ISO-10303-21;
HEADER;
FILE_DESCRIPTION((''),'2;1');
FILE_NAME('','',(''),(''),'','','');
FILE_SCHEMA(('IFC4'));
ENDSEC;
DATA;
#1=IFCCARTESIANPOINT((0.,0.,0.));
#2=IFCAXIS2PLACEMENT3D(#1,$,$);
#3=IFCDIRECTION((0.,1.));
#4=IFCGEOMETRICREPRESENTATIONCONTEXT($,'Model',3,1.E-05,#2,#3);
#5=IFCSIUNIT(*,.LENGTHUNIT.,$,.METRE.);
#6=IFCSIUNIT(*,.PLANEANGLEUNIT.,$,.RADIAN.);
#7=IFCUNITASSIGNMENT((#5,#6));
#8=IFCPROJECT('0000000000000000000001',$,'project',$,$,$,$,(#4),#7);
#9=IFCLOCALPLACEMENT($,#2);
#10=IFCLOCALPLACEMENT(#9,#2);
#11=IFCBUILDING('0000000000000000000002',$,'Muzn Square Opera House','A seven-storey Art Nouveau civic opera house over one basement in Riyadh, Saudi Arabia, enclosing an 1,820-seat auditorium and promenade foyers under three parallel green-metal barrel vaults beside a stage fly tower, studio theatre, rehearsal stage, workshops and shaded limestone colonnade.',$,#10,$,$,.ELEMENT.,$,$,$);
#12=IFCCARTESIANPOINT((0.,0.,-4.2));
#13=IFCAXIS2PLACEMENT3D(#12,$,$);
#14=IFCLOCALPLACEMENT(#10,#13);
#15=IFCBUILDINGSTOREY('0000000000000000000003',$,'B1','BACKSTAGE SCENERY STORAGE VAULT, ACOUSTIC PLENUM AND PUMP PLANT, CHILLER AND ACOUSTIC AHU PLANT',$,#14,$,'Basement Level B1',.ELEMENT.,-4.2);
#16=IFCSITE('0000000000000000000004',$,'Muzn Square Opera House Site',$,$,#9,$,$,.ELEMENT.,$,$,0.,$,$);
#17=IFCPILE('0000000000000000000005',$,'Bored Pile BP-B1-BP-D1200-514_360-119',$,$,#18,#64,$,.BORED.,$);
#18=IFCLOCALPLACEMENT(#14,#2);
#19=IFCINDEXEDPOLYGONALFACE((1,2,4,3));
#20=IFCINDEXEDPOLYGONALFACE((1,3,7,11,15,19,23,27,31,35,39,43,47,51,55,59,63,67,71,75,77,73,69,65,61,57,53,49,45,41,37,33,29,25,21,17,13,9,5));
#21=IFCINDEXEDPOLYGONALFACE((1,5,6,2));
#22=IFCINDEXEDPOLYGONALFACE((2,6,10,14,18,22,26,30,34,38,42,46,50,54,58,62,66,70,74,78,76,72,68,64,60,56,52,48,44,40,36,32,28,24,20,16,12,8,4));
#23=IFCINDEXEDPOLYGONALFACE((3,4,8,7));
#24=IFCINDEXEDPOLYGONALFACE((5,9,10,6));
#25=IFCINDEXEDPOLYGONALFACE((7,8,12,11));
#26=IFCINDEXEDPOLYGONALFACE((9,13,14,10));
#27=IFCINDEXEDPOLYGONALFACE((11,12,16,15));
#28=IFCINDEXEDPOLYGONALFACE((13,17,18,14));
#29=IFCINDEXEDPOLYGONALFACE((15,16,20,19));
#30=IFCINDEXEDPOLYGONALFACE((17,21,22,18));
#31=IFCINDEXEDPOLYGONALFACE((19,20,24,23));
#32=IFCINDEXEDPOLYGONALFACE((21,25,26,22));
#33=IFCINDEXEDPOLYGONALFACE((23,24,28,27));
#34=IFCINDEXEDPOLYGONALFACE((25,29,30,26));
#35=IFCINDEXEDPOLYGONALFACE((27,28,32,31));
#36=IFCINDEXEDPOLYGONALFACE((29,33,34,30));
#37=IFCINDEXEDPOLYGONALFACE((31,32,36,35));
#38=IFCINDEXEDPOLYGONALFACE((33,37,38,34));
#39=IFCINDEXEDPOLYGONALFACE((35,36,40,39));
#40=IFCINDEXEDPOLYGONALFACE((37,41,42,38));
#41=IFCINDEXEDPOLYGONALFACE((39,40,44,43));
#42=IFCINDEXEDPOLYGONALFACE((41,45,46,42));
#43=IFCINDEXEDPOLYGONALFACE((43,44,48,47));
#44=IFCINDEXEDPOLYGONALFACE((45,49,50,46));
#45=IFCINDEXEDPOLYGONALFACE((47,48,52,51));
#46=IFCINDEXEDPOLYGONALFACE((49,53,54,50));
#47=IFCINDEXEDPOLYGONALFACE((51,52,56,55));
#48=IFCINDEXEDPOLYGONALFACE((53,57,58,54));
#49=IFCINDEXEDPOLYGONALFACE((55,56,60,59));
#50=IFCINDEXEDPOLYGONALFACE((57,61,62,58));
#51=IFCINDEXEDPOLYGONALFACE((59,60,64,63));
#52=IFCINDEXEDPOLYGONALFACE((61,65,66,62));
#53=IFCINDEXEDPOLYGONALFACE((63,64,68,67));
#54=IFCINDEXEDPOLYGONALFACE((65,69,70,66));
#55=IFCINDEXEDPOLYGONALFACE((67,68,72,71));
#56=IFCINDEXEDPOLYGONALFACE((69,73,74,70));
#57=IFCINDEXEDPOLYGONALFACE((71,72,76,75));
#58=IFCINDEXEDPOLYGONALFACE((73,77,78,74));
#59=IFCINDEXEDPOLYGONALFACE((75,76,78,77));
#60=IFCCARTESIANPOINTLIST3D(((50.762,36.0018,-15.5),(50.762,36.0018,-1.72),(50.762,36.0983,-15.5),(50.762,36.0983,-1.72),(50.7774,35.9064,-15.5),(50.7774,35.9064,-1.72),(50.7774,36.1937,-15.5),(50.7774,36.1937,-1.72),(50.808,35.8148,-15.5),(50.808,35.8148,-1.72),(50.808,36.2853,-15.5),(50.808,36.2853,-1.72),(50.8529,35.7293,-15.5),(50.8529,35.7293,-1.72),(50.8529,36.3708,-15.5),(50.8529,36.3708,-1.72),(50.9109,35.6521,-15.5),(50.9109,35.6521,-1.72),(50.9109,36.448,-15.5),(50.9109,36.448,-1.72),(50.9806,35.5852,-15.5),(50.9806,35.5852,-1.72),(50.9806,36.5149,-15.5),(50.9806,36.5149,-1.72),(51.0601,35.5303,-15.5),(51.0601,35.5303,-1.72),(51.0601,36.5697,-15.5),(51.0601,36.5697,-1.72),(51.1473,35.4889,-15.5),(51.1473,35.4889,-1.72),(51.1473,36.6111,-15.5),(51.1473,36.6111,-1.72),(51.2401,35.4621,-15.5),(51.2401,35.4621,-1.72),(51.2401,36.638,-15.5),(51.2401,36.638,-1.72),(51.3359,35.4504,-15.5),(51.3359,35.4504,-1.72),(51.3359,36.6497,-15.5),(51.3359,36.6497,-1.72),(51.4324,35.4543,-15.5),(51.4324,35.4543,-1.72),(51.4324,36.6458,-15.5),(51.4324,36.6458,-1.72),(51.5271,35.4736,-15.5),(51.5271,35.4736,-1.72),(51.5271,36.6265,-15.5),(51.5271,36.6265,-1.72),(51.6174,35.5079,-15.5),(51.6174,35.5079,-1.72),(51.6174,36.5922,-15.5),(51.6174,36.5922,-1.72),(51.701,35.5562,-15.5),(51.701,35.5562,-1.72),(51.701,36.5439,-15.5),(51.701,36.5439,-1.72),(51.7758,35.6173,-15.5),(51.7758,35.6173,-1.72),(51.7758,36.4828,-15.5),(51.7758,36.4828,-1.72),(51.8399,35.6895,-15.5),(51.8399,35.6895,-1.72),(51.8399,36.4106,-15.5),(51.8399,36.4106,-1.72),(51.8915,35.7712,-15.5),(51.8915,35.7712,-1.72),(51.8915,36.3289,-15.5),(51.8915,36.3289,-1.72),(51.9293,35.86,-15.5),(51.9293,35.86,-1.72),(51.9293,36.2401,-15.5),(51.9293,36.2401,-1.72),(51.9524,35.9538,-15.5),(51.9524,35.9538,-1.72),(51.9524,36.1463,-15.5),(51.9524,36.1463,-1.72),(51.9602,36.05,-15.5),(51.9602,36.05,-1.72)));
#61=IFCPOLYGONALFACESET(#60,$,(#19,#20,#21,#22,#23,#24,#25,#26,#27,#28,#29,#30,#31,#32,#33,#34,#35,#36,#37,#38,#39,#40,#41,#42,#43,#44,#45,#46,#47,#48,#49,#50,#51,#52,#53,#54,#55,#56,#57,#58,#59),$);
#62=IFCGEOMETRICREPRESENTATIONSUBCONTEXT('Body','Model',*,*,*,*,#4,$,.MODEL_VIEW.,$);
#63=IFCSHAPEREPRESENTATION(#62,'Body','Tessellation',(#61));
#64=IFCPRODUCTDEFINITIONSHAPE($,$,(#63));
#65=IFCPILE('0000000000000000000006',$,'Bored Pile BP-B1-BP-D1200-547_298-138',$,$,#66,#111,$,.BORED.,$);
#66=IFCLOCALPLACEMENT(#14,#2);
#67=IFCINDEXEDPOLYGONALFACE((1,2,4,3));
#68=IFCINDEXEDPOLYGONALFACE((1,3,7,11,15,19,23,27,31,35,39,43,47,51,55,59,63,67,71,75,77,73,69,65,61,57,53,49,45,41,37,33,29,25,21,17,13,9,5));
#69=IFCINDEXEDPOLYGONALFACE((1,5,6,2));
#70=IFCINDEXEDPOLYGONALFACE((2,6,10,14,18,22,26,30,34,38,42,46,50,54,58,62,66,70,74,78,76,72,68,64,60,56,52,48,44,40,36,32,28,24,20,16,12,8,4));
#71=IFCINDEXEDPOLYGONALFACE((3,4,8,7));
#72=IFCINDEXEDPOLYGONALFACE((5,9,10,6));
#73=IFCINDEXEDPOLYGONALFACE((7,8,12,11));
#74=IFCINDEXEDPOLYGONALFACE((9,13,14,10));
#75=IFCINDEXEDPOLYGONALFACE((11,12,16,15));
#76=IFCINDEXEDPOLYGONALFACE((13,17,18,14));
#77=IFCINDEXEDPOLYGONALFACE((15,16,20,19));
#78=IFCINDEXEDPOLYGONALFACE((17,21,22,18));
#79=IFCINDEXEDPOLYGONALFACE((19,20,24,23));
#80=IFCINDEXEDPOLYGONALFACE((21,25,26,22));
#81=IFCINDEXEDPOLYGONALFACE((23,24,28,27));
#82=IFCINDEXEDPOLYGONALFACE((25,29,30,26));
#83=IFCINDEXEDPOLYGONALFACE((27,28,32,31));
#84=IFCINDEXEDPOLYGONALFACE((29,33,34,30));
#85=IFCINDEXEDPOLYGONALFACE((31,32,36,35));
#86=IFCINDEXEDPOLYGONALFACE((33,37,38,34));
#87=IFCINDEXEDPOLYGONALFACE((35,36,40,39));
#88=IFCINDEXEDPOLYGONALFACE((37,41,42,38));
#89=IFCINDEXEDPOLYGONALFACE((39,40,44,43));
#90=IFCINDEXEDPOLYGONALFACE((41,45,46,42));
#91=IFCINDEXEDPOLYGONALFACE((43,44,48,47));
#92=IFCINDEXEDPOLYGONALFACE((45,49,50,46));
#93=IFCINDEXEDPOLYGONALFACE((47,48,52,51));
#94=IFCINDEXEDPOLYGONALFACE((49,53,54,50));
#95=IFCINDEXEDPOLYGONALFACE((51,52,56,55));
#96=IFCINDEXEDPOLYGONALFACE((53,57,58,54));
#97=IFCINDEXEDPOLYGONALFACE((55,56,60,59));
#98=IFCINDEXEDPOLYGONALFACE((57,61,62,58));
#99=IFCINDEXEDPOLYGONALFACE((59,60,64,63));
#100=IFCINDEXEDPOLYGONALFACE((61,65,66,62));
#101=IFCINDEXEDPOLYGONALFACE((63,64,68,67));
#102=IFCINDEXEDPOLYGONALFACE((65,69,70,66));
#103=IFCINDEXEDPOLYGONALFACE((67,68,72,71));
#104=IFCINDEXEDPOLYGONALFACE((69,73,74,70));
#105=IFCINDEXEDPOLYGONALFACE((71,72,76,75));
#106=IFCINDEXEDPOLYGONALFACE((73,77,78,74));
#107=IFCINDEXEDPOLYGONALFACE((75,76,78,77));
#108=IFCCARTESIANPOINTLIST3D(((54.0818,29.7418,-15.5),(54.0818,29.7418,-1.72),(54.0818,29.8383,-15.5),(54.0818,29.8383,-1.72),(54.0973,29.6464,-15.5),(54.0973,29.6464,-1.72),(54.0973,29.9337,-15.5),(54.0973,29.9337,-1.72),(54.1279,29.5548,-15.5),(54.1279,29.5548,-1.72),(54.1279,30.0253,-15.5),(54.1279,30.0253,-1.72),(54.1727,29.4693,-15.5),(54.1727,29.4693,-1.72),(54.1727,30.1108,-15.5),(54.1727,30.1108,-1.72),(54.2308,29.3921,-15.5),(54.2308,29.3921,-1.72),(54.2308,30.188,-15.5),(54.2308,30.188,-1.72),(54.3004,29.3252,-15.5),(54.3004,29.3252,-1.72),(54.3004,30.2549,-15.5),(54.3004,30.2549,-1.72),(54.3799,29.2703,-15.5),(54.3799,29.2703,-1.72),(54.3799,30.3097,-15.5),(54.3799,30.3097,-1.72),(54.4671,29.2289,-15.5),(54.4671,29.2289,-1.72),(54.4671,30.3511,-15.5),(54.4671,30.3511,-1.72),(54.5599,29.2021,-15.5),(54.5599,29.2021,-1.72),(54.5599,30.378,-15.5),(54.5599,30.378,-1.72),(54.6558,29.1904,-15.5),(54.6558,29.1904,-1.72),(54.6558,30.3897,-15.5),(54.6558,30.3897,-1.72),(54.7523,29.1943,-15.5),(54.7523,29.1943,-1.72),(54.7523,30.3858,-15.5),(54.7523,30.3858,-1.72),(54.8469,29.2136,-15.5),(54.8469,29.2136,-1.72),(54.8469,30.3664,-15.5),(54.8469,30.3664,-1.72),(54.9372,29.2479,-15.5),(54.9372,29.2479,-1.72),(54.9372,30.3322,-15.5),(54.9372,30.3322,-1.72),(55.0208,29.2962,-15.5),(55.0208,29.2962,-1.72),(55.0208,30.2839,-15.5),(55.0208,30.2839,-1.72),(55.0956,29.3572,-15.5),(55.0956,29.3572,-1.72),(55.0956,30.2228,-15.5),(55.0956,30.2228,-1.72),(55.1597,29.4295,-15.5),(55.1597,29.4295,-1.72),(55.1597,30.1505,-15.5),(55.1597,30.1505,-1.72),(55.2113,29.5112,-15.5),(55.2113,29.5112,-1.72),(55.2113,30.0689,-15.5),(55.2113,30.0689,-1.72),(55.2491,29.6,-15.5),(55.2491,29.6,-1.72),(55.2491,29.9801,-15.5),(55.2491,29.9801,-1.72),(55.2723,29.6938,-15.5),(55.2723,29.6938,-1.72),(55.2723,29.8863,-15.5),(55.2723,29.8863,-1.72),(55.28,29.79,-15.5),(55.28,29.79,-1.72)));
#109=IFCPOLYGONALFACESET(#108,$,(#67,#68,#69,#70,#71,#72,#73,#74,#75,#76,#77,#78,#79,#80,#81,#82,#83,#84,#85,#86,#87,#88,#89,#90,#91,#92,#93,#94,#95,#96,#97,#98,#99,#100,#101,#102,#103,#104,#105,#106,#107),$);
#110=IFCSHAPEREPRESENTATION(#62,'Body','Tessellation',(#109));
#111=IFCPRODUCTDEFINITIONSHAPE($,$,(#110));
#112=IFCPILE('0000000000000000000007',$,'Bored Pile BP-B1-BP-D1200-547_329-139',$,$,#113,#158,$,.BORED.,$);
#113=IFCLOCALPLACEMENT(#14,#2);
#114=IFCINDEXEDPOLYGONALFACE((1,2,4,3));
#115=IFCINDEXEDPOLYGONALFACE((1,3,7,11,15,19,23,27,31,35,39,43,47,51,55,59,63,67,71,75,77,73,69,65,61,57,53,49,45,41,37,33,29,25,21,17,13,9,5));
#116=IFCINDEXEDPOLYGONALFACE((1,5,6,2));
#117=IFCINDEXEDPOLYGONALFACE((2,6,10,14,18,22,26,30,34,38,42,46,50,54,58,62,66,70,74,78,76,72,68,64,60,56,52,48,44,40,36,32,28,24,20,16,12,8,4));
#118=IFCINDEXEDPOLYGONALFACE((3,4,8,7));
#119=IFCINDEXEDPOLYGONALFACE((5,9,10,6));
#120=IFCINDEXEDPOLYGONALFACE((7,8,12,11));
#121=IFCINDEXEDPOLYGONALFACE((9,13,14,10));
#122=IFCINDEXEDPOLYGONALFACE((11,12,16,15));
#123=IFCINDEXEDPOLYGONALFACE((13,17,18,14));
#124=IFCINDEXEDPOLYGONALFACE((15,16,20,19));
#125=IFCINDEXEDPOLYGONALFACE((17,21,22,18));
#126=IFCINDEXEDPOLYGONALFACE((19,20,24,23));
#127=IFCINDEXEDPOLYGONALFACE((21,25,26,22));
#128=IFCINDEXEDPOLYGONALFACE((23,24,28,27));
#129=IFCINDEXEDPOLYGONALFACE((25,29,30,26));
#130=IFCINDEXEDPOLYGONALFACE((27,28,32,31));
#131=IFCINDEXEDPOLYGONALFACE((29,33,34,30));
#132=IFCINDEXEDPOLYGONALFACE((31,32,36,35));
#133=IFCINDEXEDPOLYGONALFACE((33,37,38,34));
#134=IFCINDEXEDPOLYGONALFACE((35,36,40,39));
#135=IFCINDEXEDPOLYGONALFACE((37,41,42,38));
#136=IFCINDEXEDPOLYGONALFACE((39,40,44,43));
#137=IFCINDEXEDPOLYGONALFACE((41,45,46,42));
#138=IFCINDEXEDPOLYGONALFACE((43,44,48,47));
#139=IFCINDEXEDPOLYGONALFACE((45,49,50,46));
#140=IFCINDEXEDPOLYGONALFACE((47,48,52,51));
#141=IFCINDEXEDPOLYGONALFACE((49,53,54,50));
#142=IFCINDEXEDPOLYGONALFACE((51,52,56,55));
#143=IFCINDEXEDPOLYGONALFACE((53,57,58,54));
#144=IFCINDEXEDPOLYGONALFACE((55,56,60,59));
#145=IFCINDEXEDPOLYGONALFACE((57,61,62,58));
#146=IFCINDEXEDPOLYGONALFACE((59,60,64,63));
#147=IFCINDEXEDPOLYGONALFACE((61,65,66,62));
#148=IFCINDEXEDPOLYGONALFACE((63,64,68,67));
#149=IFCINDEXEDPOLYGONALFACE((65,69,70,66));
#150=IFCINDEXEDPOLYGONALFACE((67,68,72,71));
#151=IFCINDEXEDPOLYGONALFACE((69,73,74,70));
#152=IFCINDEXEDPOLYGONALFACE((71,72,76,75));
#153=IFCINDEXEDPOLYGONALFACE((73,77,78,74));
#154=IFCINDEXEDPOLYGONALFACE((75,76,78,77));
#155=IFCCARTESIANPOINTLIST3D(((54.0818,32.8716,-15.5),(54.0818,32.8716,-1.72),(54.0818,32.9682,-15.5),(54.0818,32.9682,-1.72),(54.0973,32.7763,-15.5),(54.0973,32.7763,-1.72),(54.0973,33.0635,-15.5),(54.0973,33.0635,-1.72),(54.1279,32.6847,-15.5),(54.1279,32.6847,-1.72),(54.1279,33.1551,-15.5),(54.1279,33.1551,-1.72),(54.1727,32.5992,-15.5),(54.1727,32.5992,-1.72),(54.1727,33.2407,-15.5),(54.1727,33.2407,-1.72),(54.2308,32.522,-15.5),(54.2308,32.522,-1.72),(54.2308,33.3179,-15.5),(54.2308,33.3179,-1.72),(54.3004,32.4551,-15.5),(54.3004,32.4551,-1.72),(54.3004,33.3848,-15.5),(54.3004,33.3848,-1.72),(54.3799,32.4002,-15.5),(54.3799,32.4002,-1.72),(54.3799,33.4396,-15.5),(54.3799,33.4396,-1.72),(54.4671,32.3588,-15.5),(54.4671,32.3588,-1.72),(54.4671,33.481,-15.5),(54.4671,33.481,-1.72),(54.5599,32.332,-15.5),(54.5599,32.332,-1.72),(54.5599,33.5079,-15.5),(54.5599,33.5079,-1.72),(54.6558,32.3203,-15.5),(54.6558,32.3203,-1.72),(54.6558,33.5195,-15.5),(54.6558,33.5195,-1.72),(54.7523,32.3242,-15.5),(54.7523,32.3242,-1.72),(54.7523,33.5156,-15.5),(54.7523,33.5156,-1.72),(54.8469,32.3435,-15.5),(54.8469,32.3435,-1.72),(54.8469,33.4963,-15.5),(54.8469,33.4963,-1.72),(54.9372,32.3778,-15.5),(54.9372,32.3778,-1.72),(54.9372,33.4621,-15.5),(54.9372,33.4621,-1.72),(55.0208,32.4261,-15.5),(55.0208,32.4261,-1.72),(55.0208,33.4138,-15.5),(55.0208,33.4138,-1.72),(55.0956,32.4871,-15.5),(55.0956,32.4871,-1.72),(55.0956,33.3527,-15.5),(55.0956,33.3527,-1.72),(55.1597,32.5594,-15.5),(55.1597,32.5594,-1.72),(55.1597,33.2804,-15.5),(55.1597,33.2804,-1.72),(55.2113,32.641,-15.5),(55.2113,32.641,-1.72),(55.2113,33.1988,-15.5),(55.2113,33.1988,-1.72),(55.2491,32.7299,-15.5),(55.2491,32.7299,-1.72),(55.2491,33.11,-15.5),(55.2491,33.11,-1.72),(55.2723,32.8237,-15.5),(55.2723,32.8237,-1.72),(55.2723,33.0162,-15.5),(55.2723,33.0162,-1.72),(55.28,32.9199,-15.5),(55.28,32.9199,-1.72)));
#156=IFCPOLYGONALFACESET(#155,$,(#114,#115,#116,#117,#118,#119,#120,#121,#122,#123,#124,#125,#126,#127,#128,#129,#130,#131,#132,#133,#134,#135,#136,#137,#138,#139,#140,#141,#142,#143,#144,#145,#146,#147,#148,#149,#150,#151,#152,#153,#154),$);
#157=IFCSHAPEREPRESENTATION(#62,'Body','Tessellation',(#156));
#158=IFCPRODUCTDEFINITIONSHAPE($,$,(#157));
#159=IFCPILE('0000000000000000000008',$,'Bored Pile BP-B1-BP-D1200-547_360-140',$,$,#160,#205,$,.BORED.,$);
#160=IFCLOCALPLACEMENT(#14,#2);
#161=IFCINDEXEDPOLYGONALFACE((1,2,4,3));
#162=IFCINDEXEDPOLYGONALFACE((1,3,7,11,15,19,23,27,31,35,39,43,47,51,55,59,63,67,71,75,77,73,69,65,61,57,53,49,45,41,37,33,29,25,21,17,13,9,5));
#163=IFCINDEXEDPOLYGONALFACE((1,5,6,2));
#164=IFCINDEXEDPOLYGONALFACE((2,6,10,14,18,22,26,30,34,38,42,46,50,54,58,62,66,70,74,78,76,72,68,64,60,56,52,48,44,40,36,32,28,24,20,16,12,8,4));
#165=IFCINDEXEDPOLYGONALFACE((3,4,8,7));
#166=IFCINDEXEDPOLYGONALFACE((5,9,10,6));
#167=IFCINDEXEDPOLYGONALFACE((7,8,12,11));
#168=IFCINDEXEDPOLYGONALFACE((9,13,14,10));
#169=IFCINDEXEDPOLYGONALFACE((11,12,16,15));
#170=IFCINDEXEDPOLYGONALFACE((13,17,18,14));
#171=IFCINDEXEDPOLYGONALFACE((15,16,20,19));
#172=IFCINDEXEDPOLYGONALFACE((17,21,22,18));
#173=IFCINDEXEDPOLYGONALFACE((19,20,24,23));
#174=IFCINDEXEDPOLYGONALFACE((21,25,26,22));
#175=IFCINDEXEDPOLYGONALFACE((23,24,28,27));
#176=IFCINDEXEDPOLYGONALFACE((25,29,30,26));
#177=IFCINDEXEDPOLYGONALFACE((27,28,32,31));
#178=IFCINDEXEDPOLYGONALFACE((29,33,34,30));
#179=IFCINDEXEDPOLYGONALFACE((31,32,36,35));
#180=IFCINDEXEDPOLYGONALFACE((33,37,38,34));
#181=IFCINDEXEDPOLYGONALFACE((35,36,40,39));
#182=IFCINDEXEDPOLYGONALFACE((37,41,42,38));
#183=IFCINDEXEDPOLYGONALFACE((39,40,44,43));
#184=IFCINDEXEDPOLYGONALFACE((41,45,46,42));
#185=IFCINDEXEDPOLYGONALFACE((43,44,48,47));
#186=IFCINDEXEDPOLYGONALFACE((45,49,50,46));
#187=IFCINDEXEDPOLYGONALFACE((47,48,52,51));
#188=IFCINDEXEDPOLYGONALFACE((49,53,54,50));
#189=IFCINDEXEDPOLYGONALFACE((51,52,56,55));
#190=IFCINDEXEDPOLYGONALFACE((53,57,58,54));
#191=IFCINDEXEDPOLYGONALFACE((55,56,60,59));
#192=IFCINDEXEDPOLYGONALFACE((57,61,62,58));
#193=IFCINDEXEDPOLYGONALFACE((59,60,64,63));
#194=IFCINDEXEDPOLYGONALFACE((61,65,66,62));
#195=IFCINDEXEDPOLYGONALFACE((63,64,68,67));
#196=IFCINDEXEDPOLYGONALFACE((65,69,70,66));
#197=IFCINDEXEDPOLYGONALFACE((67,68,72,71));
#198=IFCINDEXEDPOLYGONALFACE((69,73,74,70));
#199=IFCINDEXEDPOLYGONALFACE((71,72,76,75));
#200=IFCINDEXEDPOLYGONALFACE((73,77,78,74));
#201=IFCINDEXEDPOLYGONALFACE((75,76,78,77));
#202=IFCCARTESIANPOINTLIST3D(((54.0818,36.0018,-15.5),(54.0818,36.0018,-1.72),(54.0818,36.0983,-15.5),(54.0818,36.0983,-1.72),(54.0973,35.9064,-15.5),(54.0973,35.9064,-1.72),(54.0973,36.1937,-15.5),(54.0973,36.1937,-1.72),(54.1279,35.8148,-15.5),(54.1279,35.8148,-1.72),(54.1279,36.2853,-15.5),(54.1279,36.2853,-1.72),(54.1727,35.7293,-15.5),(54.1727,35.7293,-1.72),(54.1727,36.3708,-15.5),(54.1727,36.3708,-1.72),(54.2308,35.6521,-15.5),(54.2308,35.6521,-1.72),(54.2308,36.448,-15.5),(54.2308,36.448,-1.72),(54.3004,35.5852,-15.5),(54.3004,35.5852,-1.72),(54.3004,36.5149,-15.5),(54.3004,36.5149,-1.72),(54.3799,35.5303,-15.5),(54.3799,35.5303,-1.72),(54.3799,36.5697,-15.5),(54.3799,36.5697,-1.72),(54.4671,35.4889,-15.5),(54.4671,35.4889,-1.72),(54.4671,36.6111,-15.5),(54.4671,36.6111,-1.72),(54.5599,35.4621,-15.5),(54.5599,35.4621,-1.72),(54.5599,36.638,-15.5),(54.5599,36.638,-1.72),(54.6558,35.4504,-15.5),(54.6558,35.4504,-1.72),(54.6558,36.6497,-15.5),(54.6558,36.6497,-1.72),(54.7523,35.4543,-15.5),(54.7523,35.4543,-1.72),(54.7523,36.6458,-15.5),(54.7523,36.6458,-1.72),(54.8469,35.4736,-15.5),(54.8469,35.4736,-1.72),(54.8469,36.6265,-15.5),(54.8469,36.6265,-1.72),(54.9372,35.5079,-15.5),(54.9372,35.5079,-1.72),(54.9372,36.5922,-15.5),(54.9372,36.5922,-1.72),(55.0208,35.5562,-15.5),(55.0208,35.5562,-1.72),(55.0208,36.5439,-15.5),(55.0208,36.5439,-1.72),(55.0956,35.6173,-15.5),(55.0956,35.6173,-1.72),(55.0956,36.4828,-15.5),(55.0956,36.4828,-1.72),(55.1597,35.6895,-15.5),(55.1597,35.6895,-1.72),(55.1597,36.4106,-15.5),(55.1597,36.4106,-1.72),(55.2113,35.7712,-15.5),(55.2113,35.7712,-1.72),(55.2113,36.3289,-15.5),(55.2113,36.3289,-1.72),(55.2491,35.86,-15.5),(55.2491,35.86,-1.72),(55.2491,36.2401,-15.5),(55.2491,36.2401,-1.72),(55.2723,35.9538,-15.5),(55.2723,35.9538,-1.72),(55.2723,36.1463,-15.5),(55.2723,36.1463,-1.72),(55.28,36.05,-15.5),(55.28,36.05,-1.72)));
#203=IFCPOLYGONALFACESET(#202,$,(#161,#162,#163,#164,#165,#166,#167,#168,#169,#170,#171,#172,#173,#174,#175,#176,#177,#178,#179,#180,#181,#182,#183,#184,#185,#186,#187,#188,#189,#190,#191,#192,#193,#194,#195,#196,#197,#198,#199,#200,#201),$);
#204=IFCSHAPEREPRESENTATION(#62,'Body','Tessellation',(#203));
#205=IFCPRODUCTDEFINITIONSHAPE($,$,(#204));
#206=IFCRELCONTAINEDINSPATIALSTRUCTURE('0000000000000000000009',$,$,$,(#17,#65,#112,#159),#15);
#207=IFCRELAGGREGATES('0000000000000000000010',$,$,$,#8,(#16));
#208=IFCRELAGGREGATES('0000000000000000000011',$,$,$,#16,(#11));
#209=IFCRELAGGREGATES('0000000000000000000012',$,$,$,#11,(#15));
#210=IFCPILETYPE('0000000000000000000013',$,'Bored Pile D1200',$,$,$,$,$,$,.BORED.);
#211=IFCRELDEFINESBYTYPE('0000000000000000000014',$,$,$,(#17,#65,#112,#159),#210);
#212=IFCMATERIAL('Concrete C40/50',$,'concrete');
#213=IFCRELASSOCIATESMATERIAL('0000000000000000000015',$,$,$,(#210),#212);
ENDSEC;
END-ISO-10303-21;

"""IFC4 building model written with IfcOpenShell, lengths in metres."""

from ifc_helpers import new_model, si_unit, direction, frame, origin, origin_2d, place, context, subcontext, project, spatial, circle, extrude, material, material_profile, profile_set, type_object, element, save


model = new_model("IFC4")

# Units and contexts
model_context = context("Model", 3, precision=1e-05, world=origin(), true_north=direction((0.0, 1.0)))
body_context = subcontext(model_context, "Body", "Model", "MODEL_VIEW")
ifc_project = project(units=[si_unit("LENGTHUNIT", "METRE"), si_unit("PLANEANGLEUNIT", "RADIAN")], contexts=[model_context])

# Site, building, storey
site_placement = place(None, origin())
site = spatial("IfcSite", under=ifc_project, at=site_placement, Name="Muzn Square Opera House Site", CompositionType="ELEMENT", RefElevation=0.0)
building_placement = place(site_placement, origin())
building = spatial("IfcBuilding", under=site, at=building_placement, Name="Muzn Square Opera House", Description="A seven-storey Art Nouveau civic opera house over one basement in Riyadh, Saudi Arabia, enclosing an 1,820-seat auditorium and promenade foyers under three parallel green-metal barrel vaults beside a stage fly tower, studio theatre, rehearsal stage, workshops and shaded limestone colonnade.", CompositionType="ELEMENT")
storey_placement = place(building_placement, frame((0.0, 0.0, -4.2)))
storey = spatial("IfcBuildingStorey", under=building, at=storey_placement, Name="B1", Description="BACKSTAGE SCENERY STORAGE VAULT, ACOUSTIC PLENUM AND PUMP PLANT, CHILLER AND ACOUSTIC AHU PLANT", LongName="Basement Level B1", CompositionType="ELEMENT", Elevation=-4.2)

# Piles
ifc_material_1 = material(Name="Concrete C40/50", Category="concrete")
ifc_material_profile_1 = material_profile(ifc_material_1, circle(Radius=0.6001, at=origin_2d()), Name="BORED PILE D1200", Category="concrete")
ifc_profile_set_1 = profile_set([ifc_material_profile_1], Name="Concrete C40/50")
pile_type = type_object("IfcPileType", Name="Bored Pile D1200", PredefinedType="BORED", material=ifc_profile_set_1)
for number, where, z_axis, x_axis, name in (
    (1, (51.3601, 36.05, -1.72), (0.0, 0.0, -1.0), (1.0, 0.0, 0.0), "Bored Pile BP-B1-BP-D1200-514_360-119"),
    (2, (54.6799, 29.79, -1.72), (0.0, 0.0, -1.0), (1.0, 0.0, 0.0), "Bored Pile BP-B1-BP-D1200-547_298-138"),
    (3, (54.6799, 32.9199, -1.72), (0.0, 0.0, -1.0), (1.0, 0.0, 0.0), "Bored Pile BP-B1-BP-D1200-547_329-139"),
    (4, (54.6799, 36.05, -1.72), (0.0, 0.0, -1.0), (1.0, 0.0, 0.0), "Bored Pile BP-B1-BP-D1200-547_360-140"),
):
    element("IfcPile", number, at=place(storey_placement, frame(where, z_axis=z_axis, x_axis=x_axis)), inside=storey, type_object=pile_type, Name=name, PredefinedType="BORED", context=body_context, shape_type="SweptSolid", body=[
        extrude(circle(Radius=0.6001, at=origin_2d()), origin(), (0.0, 0.0, 1.0), 13.78),
    ])

save(model, "model.ifc")
